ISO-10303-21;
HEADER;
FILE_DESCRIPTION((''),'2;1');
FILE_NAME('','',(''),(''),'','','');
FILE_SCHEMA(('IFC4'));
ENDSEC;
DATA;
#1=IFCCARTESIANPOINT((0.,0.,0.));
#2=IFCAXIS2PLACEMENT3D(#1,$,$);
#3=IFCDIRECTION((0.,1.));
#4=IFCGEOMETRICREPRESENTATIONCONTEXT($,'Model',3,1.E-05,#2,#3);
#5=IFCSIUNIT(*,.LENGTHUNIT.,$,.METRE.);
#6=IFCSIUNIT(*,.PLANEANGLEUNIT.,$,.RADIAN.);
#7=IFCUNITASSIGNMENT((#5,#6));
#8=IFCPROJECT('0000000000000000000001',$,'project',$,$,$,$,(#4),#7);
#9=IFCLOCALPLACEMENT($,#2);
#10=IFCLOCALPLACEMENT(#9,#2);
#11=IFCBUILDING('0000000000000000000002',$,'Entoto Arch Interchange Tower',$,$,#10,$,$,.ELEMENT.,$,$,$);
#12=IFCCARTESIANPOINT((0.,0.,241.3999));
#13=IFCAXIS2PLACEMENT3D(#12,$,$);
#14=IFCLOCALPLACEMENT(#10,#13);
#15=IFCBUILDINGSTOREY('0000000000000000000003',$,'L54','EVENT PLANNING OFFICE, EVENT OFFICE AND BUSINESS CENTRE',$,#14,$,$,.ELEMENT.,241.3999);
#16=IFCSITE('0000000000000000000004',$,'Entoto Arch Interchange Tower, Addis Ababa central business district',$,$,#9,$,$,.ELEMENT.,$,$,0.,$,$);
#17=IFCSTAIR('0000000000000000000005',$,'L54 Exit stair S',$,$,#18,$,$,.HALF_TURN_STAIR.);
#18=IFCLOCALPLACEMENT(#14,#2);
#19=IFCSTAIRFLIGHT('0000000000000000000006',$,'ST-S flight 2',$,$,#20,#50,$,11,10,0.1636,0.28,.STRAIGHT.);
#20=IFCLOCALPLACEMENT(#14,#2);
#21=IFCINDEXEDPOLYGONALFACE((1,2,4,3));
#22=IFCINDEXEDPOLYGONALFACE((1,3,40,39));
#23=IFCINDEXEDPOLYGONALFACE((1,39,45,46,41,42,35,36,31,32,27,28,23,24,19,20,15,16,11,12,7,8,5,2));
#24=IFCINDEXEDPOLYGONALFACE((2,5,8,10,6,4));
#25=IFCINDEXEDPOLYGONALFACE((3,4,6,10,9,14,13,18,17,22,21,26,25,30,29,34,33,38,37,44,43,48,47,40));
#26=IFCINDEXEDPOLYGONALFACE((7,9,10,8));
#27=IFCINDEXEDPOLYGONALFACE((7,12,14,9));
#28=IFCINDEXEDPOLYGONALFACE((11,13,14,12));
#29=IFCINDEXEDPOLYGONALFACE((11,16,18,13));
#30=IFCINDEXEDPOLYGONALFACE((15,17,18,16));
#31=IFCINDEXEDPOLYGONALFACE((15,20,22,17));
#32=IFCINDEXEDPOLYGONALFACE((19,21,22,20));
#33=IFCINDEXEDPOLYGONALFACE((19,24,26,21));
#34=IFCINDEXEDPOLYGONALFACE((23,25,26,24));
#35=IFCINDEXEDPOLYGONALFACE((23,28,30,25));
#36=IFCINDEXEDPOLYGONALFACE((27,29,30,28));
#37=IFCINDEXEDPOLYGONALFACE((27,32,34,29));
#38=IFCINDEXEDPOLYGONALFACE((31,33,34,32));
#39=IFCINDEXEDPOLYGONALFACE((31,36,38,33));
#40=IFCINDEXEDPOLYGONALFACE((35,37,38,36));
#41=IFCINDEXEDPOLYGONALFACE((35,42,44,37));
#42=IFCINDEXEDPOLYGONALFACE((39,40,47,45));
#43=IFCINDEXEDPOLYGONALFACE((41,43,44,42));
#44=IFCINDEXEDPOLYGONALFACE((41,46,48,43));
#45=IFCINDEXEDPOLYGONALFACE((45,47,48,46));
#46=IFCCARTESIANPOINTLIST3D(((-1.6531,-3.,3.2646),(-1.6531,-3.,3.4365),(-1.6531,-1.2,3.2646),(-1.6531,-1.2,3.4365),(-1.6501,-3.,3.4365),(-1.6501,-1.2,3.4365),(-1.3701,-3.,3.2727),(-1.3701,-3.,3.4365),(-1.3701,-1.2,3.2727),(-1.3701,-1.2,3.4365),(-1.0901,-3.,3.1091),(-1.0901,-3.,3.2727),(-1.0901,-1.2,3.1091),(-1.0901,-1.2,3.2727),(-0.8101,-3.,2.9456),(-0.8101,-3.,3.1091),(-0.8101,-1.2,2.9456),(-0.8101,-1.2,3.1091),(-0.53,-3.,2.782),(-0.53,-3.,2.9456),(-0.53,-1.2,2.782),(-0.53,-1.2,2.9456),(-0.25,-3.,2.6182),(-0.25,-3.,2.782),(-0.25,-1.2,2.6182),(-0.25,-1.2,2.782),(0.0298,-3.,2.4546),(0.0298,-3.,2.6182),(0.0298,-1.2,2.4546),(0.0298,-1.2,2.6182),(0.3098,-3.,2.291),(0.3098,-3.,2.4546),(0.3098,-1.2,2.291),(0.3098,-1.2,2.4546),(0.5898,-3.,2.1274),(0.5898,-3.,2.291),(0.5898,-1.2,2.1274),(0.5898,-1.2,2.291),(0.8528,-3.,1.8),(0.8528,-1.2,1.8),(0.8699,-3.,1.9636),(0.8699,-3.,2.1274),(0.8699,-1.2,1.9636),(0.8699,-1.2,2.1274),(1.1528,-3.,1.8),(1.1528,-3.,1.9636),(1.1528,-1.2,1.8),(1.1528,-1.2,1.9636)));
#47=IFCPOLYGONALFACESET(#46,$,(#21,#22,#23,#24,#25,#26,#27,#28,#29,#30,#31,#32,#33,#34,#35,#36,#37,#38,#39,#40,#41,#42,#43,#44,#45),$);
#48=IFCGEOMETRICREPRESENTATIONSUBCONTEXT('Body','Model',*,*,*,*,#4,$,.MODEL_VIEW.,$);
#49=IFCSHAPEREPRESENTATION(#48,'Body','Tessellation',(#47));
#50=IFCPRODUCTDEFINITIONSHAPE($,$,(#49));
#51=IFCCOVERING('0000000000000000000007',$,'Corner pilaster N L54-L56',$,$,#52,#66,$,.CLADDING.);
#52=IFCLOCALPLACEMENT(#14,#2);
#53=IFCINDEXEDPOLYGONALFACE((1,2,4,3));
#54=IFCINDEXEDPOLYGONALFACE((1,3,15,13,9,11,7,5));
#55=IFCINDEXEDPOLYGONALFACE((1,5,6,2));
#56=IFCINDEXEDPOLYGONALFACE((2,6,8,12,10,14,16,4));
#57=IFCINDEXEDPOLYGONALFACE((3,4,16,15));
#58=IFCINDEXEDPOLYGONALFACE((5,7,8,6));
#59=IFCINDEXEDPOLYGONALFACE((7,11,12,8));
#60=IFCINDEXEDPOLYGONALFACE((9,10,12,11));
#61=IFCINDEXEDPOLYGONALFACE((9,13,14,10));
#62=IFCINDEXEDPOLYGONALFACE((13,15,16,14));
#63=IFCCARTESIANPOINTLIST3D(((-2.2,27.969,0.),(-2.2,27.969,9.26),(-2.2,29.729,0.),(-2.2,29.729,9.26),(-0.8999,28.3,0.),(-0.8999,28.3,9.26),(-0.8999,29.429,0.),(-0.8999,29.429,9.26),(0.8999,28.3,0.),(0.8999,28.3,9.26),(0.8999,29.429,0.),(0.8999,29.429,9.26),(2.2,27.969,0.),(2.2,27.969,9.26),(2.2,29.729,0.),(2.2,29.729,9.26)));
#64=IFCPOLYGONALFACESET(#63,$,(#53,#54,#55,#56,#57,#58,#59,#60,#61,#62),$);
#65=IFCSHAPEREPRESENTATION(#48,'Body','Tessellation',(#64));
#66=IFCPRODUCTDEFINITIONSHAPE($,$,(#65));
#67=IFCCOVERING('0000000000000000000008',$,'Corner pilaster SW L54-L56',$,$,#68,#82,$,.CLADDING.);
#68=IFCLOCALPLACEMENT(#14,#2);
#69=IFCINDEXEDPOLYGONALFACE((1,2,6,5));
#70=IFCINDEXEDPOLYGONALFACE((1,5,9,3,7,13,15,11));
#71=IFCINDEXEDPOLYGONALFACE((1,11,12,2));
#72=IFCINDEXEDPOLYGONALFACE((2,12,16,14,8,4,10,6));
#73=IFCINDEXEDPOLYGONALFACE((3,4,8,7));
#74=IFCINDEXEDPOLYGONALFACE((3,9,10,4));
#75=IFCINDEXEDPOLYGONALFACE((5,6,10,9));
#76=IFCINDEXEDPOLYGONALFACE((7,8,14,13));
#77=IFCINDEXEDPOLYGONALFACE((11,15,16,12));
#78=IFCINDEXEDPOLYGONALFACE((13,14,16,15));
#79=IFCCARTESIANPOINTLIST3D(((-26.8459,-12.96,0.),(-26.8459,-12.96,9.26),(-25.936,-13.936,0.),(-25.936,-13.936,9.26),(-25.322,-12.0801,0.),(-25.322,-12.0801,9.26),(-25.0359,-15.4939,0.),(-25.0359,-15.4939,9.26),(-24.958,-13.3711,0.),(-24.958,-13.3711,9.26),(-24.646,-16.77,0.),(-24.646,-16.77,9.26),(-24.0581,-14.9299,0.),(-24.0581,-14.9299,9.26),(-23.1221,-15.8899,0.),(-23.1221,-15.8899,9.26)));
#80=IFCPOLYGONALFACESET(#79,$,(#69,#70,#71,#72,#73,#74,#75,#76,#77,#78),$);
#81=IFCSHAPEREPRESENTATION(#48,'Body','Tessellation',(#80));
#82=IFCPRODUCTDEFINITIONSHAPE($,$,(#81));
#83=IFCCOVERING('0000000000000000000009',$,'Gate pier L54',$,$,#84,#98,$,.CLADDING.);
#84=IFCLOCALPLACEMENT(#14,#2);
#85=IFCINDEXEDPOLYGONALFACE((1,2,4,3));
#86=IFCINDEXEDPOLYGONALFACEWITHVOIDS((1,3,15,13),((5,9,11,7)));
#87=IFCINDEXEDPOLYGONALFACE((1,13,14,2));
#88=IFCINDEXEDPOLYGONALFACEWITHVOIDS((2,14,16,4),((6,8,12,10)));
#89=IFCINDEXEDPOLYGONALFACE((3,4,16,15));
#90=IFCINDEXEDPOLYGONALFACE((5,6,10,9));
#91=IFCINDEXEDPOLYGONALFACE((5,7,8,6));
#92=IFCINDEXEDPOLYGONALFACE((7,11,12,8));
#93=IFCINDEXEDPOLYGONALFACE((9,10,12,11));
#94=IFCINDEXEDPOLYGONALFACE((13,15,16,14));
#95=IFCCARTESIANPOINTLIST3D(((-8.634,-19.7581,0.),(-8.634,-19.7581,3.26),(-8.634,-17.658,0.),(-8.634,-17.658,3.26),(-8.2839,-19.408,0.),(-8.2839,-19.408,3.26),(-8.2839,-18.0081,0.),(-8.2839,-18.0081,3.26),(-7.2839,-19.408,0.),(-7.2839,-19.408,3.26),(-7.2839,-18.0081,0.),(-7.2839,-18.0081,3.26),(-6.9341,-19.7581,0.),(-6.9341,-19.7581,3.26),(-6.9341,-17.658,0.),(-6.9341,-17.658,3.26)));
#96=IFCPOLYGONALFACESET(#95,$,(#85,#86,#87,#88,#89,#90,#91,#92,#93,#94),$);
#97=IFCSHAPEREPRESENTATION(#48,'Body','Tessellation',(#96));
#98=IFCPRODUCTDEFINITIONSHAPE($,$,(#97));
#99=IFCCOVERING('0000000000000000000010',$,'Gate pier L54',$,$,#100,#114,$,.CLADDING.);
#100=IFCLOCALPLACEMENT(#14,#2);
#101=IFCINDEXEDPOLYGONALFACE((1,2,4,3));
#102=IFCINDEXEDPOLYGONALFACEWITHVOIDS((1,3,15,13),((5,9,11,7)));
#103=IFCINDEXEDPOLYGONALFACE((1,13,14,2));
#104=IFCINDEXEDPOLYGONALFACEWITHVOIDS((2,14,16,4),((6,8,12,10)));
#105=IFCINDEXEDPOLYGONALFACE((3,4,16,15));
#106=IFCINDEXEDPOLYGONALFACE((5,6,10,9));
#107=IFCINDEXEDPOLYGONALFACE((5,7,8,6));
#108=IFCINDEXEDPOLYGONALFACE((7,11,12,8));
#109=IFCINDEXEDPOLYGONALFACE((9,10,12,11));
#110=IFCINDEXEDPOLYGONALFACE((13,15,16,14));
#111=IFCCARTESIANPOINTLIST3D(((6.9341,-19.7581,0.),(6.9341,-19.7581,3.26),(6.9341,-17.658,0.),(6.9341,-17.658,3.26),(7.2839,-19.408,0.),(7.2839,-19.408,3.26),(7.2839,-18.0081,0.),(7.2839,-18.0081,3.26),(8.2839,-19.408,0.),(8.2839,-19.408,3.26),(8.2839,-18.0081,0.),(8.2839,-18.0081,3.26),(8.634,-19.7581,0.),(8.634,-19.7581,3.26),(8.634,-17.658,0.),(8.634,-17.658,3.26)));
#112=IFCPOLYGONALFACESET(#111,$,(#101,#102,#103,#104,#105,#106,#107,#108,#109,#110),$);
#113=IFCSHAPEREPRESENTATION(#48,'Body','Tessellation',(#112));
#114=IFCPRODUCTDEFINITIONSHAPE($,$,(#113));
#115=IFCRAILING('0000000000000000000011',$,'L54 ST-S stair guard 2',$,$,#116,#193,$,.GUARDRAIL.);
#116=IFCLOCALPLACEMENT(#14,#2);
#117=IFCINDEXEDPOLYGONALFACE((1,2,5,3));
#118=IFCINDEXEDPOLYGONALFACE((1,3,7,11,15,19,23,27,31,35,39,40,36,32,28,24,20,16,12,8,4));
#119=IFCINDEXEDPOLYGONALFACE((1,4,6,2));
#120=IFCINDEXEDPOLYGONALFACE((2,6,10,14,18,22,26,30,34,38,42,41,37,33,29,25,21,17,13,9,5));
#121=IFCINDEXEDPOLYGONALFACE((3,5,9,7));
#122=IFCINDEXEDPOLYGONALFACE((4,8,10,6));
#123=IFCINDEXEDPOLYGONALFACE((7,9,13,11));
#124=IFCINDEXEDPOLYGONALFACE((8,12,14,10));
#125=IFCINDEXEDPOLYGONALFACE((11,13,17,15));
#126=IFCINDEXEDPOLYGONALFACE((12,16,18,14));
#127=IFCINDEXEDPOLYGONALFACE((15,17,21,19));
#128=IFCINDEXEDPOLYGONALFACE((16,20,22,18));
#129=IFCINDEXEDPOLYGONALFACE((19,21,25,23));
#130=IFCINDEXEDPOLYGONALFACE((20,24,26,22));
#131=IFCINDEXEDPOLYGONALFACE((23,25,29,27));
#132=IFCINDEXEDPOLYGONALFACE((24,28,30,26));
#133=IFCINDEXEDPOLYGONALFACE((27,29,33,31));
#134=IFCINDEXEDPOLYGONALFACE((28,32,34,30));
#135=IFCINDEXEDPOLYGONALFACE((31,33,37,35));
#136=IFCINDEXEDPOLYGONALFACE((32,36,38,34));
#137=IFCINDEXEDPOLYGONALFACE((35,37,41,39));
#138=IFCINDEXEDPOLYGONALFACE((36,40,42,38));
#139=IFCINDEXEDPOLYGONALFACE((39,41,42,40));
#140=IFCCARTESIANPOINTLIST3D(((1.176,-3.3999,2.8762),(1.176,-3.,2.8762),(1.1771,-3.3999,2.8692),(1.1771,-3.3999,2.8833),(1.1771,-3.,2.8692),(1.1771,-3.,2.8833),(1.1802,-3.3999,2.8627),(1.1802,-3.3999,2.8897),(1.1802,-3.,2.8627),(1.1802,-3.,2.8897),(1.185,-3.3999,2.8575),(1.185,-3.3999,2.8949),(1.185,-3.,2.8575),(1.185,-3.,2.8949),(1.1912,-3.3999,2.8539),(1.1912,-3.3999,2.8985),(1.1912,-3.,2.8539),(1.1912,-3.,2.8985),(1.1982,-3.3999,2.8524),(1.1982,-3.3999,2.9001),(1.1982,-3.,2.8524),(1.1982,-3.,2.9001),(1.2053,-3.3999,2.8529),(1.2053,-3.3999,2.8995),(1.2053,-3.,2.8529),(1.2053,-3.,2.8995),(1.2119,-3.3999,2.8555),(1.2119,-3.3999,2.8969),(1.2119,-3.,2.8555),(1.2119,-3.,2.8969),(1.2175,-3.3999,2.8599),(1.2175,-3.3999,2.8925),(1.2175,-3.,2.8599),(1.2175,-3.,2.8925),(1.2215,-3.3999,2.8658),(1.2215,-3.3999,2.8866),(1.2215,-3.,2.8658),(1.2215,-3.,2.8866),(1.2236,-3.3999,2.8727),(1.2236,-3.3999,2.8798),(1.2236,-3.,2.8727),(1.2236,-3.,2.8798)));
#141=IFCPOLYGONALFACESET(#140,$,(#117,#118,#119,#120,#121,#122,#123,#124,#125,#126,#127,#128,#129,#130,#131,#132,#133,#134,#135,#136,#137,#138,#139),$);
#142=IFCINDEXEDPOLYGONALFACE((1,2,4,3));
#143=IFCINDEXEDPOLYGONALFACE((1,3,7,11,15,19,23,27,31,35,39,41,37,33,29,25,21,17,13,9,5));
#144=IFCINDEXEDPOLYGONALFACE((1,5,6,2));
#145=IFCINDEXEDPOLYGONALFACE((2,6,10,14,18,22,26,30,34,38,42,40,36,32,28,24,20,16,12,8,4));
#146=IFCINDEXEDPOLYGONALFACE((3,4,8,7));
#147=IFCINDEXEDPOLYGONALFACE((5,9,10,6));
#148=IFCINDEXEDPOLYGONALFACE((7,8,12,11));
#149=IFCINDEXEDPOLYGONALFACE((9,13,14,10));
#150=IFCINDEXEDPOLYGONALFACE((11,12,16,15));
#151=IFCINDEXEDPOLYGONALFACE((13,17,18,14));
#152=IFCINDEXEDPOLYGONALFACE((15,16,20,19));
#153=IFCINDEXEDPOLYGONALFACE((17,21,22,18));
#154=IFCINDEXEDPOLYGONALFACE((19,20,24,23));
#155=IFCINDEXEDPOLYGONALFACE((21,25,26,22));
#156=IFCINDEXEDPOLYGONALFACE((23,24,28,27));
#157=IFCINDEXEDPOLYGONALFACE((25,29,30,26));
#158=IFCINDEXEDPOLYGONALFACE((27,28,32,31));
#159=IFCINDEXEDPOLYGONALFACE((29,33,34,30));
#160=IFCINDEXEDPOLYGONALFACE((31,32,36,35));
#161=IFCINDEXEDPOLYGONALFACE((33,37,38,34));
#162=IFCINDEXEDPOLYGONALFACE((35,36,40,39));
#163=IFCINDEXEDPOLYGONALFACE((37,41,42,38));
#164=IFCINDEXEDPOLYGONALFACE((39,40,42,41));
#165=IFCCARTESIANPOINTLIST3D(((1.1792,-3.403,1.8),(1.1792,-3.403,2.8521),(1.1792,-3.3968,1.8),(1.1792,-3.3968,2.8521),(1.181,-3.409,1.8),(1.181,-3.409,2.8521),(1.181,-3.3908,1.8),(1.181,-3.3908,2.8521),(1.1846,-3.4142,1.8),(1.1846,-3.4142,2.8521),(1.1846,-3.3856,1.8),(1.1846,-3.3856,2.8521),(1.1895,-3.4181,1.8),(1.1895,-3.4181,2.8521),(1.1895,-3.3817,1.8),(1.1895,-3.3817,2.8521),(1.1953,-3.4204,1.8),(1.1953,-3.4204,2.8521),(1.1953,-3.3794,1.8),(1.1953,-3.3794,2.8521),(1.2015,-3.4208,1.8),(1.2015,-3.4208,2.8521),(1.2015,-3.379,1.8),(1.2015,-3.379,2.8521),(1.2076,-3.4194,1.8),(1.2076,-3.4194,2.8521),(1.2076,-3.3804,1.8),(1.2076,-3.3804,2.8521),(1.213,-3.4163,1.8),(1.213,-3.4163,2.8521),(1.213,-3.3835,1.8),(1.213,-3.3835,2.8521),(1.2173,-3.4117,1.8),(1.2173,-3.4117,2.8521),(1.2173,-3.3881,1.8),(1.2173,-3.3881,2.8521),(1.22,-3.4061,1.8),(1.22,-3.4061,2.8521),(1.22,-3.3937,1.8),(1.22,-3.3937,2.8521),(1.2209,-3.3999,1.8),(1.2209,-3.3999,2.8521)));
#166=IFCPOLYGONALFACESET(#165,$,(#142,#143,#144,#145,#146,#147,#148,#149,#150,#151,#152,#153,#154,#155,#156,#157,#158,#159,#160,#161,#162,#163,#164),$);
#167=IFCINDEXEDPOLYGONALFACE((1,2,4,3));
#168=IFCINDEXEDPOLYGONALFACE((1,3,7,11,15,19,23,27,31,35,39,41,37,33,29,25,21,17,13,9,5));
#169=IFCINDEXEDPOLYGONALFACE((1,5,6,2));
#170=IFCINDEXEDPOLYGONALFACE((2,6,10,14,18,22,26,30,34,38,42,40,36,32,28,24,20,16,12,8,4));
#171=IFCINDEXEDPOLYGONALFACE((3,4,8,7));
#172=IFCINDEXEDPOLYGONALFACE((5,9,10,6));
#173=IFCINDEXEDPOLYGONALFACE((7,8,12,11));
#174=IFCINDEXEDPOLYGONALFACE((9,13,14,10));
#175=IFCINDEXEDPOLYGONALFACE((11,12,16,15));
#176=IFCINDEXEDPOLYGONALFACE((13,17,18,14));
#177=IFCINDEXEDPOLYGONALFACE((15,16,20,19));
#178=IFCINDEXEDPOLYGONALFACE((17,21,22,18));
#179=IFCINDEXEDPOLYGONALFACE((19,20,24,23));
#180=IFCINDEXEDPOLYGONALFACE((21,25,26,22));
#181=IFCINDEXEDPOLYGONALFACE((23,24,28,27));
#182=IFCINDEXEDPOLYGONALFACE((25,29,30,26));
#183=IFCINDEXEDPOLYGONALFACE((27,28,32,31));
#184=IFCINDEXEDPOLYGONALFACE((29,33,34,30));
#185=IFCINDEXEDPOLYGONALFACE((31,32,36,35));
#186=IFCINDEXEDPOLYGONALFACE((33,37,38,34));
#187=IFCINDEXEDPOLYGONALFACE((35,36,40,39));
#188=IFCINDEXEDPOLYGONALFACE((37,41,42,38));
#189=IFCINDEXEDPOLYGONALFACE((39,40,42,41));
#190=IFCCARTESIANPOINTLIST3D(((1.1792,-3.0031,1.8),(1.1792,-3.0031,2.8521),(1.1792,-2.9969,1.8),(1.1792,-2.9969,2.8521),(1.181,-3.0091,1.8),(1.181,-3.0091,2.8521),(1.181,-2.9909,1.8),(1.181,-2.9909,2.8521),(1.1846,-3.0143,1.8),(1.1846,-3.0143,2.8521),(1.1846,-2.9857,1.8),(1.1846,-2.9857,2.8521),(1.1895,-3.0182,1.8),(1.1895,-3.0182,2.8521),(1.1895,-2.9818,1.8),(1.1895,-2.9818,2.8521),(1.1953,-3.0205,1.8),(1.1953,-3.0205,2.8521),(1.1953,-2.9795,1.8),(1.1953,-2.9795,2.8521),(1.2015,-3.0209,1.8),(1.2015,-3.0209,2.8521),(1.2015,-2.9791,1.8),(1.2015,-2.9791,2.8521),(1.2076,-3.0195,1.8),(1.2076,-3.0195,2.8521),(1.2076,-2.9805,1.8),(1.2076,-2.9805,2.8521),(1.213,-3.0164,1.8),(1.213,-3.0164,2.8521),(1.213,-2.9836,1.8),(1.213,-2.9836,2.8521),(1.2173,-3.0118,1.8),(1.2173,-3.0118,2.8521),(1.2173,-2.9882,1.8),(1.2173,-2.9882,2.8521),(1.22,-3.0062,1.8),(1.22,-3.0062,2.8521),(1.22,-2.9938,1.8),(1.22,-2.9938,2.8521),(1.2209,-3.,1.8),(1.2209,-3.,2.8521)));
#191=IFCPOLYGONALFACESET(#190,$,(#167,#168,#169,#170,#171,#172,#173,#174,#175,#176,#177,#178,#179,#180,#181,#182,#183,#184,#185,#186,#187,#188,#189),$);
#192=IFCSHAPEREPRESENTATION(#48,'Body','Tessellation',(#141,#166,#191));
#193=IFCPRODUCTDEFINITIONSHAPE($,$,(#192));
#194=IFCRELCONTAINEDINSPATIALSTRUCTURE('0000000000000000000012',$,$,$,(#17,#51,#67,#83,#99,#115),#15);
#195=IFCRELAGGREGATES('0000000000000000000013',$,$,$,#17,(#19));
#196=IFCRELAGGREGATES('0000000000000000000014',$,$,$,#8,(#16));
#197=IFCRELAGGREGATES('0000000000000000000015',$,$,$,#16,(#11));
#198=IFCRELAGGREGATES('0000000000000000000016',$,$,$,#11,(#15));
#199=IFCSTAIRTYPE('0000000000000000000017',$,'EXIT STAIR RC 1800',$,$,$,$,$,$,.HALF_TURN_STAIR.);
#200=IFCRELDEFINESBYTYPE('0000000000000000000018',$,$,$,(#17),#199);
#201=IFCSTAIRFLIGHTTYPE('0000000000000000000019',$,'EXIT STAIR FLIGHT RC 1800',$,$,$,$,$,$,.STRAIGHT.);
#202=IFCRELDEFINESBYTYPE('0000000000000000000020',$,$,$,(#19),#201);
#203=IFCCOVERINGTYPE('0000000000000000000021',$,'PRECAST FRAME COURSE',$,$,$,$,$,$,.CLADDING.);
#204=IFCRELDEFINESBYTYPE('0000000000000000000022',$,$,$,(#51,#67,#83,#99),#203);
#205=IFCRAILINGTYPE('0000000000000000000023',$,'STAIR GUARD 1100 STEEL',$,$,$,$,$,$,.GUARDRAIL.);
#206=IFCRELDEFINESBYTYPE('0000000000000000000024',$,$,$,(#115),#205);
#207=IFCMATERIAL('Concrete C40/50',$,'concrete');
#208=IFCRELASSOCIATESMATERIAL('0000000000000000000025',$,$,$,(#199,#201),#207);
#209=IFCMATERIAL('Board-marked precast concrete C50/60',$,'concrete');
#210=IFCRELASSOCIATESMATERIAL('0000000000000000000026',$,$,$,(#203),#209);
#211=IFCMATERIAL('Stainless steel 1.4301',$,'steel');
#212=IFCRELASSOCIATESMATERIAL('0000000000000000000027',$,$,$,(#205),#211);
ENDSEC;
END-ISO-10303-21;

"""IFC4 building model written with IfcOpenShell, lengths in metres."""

from ifc_helpers import new_model, si_unit, direction, frame, origin, origin_2d, place, context, subcontext, project, spatial, polyline, circle, outline, extrude, material, type_object, element, aggregate, save


model = new_model("IFC4")

# Units and contexts
model_context = context("Model", 3, precision=1e-05, world=origin(), true_north=direction((0.0, 1.0)))
body_context = subcontext(model_context, "Body", "Model", "MODEL_VIEW")
ifc_project = project(units=[si_unit("LENGTHUNIT", "METRE"), si_unit("PLANEANGLEUNIT", "RADIAN")], contexts=[model_context])

# Site, building, storey
site_placement = place(None, origin())
site = spatial("IfcSite", under=ifc_project, at=site_placement, Name="Entoto Arch Interchange Tower, Addis Ababa central business district", CompositionType="ELEMENT", RefElevation=0.0)
building_placement = place(site_placement, origin())
building = spatial("IfcBuilding", under=site, at=building_placement, Name="Entoto Arch Interchange Tower", CompositionType="ELEMENT")
storey_placement = place(building_placement, frame((0.0, 0.0, 241.3999)))
storey = spatial("IfcBuildingStorey", under=building, at=storey_placement, Name="L54", Description="EVENT PLANNING OFFICE, EVENT OFFICE AND BUSINESS CENTRE", CompositionType="ELEMENT", Elevation=241.3999)

# Shared definitions
ifc_material_1 = material(Name="Concrete C40/50", Category="concrete")

# Stair
stair_type = type_object("IfcStairType", Name="EXIT STAIR RC 1800", PredefinedType="HALF_TURN_STAIR", material=ifc_material_1)
stair_1_placement = place(storey_placement, origin())
stair_1 = element("IfcStair", 1, at=stair_1_placement, inside=storey, type_object=stair_type, Name="L54 Exit stair S", PredefinedType="HALF_TURN_STAIR")

# Stair flight
stair_flight_type = type_object("IfcStairFlightType", Name="EXIT STAIR FLIGHT RC 1800", PredefinedType="STRAIGHT", material=ifc_material_1)
stair_flight_placement = place(storey_placement, frame((1.1499, -2.1001, 1.8), z_axis=(0.0, 0.0, 1.0), x_axis=(-1.0, 0.0, 0.0)))
stair_flight = element("IfcStairFlight", 2, at=stair_flight_placement, type_object=stair_flight_type, Name="ST-S flight 2", NumberOfRisers=11, NumberOfTreads=10, PredefinedType="STRAIGHT", RiserHeight=0.1636, TreadLength=0.28, context=body_context, shape_type="SweptSolid", body=[
    extrude(outline(polyline([(-0.0029, 0.0), (-0.0029, 0.1636), (0.28, 0.1636), (0.28, 0.3274), (0.5601, 0.3274), (0.5601, 0.491), (0.8401, 0.491), (0.8401, 0.6545), (1.1201, 0.6545), (1.1201, 0.8181), (1.3999, 0.8181), (1.3999, 0.9819), (1.6799, 0.9819), (1.6799, 1.1455), (1.96, 1.1455), (1.96, 1.3091), (2.24, 1.3091), (2.24, 1.4727), (2.52, 1.4727), (2.52, 1.6365), (2.8, 1.6365), (2.803, 1.6365), (2.803, 1.4646), (0.2971, 0.0), (-0.0029, 0.0)])), frame((0.0, 0.8999, 0.0), z_axis=(0.0, -1.0, 0.0), x_axis=(1.0, 0.0, 0.0)), (0.0, 0.0, 1.0), 1.8),
])
aggregate(stair_1, [stair_flight])

# Coverings
ifc_material_2 = material(Name="Board-marked precast concrete C50/60", Category="concrete")
covering_type = type_object("IfcCoveringType", Name="PRECAST FRAME COURSE", PredefinedType="CLADDING", material=ifc_material_2)
covering_1_placement = place(storey_placement, origin())
element("IfcCovering", 3, at=covering_1_placement, inside=storey, type_object=covering_type, Name="Corner pilaster N L54-L56", PredefinedType="CLADDING", context=body_context, shape_type="SweptSolid", body=[
    extrude(outline(polyline([(-2.2, 29.729), (2.2, 29.729), (2.2, 27.969), (0.8999, 28.3), (0.8999, 29.429), (-0.8999, 29.429), (-0.8999, 28.3), (-2.2, 27.969), (-2.2, 29.729)])), origin(), (0.0, 0.0, 1.0), 9.26),
])
covering_2_placement = place(storey_placement, origin())
element("IfcCovering", 4, at=covering_2_placement, inside=storey, type_object=covering_type, Name="Corner pilaster SW L54-L56", PredefinedType="CLADDING", context=body_context, shape_type="SweptSolid", body=[
    extrude(outline(polyline([(-24.646, -16.77), (-26.8459, -12.96), (-25.322, -12.0801), (-24.958, -13.3711), (-25.936, -13.936), (-25.0359, -15.4939), (-24.0581, -14.9299), (-23.1221, -15.8899), (-24.646, -16.77)])), origin(), (0.0, 0.0, 1.0), 9.26),
])
covering_3_placement = place(storey_placement, origin())
element("IfcCovering", 5, at=covering_3_placement, inside=storey, type_object=covering_type, Name="Gate pier L54", PredefinedType="CLADDING", context=body_context, shape_type="SweptSolid", body=[
    extrude(outline(polyline([(-8.634, -17.658), (-6.9341, -17.658), (-6.9341, -19.7581), (-8.634, -19.7581), (-8.634, -17.658)]), holes=[polyline([(-8.2839, -18.0081), (-8.2839, -19.408), (-7.2839, -19.408), (-7.2839, -18.0081), (-8.2839, -18.0081)])]), origin(), (0.0, 0.0, 1.0), 3.26),
])
covering_4_placement = place(storey_placement, origin())
element("IfcCovering", 6, at=covering_4_placement, inside=storey, type_object=covering_type, Name="Gate pier L54", PredefinedType="CLADDING", context=body_context, shape_type="SweptSolid", body=[
    extrude(outline(polyline([(6.9341, -17.658), (8.634, -17.658), (8.634, -19.7581), (6.9341, -19.7581), (6.9341, -17.658)]), holes=[polyline([(7.2839, -18.0081), (7.2839, -19.408), (8.2839, -19.408), (8.2839, -18.0081), (7.2839, -18.0081)])]), origin(), (0.0, 0.0, 1.0), 3.26),
])

# Railing
ifc_material_3 = material(Name="Stainless steel 1.4301", Category="steel")
railing_type_1 = type_object("IfcRailingType", Name="STAIR GUARD 1100 STEEL", PredefinedType="GUARDRAIL", material=ifc_material_3)
railing_1_placement = place(storey_placement, frame((1.2, -3.3999, 1.8)))
element("IfcRailing", 7, at=railing_1_placement, inside=storey, type_object=railing_type_1, Name="L54 ST-S stair guard 2", PredefinedType="GUARDRAIL", context=body_context, shape_type="SweptSolid", body=[
    extrude(circle(Radius=0.0239, at=origin_2d()), frame((0.0, 0.0, 1.0762), z_axis=(0.0, 1.0, 0.0), x_axis=(-1.0, 0.0, 0.0)), (0.0, 0.0, 1.0), 0.3999),
    extrude(circle(Radius=0.021, at=origin_2d()), origin(), (0.0, 0.0, 1.0), 1.052),
    extrude(circle(Radius=0.021, at=origin_2d()), frame((0.0, 0.3999, 0.0)), (0.0, 0.0, 1.0), 1.052),
])

save(model, "model.ifc")
